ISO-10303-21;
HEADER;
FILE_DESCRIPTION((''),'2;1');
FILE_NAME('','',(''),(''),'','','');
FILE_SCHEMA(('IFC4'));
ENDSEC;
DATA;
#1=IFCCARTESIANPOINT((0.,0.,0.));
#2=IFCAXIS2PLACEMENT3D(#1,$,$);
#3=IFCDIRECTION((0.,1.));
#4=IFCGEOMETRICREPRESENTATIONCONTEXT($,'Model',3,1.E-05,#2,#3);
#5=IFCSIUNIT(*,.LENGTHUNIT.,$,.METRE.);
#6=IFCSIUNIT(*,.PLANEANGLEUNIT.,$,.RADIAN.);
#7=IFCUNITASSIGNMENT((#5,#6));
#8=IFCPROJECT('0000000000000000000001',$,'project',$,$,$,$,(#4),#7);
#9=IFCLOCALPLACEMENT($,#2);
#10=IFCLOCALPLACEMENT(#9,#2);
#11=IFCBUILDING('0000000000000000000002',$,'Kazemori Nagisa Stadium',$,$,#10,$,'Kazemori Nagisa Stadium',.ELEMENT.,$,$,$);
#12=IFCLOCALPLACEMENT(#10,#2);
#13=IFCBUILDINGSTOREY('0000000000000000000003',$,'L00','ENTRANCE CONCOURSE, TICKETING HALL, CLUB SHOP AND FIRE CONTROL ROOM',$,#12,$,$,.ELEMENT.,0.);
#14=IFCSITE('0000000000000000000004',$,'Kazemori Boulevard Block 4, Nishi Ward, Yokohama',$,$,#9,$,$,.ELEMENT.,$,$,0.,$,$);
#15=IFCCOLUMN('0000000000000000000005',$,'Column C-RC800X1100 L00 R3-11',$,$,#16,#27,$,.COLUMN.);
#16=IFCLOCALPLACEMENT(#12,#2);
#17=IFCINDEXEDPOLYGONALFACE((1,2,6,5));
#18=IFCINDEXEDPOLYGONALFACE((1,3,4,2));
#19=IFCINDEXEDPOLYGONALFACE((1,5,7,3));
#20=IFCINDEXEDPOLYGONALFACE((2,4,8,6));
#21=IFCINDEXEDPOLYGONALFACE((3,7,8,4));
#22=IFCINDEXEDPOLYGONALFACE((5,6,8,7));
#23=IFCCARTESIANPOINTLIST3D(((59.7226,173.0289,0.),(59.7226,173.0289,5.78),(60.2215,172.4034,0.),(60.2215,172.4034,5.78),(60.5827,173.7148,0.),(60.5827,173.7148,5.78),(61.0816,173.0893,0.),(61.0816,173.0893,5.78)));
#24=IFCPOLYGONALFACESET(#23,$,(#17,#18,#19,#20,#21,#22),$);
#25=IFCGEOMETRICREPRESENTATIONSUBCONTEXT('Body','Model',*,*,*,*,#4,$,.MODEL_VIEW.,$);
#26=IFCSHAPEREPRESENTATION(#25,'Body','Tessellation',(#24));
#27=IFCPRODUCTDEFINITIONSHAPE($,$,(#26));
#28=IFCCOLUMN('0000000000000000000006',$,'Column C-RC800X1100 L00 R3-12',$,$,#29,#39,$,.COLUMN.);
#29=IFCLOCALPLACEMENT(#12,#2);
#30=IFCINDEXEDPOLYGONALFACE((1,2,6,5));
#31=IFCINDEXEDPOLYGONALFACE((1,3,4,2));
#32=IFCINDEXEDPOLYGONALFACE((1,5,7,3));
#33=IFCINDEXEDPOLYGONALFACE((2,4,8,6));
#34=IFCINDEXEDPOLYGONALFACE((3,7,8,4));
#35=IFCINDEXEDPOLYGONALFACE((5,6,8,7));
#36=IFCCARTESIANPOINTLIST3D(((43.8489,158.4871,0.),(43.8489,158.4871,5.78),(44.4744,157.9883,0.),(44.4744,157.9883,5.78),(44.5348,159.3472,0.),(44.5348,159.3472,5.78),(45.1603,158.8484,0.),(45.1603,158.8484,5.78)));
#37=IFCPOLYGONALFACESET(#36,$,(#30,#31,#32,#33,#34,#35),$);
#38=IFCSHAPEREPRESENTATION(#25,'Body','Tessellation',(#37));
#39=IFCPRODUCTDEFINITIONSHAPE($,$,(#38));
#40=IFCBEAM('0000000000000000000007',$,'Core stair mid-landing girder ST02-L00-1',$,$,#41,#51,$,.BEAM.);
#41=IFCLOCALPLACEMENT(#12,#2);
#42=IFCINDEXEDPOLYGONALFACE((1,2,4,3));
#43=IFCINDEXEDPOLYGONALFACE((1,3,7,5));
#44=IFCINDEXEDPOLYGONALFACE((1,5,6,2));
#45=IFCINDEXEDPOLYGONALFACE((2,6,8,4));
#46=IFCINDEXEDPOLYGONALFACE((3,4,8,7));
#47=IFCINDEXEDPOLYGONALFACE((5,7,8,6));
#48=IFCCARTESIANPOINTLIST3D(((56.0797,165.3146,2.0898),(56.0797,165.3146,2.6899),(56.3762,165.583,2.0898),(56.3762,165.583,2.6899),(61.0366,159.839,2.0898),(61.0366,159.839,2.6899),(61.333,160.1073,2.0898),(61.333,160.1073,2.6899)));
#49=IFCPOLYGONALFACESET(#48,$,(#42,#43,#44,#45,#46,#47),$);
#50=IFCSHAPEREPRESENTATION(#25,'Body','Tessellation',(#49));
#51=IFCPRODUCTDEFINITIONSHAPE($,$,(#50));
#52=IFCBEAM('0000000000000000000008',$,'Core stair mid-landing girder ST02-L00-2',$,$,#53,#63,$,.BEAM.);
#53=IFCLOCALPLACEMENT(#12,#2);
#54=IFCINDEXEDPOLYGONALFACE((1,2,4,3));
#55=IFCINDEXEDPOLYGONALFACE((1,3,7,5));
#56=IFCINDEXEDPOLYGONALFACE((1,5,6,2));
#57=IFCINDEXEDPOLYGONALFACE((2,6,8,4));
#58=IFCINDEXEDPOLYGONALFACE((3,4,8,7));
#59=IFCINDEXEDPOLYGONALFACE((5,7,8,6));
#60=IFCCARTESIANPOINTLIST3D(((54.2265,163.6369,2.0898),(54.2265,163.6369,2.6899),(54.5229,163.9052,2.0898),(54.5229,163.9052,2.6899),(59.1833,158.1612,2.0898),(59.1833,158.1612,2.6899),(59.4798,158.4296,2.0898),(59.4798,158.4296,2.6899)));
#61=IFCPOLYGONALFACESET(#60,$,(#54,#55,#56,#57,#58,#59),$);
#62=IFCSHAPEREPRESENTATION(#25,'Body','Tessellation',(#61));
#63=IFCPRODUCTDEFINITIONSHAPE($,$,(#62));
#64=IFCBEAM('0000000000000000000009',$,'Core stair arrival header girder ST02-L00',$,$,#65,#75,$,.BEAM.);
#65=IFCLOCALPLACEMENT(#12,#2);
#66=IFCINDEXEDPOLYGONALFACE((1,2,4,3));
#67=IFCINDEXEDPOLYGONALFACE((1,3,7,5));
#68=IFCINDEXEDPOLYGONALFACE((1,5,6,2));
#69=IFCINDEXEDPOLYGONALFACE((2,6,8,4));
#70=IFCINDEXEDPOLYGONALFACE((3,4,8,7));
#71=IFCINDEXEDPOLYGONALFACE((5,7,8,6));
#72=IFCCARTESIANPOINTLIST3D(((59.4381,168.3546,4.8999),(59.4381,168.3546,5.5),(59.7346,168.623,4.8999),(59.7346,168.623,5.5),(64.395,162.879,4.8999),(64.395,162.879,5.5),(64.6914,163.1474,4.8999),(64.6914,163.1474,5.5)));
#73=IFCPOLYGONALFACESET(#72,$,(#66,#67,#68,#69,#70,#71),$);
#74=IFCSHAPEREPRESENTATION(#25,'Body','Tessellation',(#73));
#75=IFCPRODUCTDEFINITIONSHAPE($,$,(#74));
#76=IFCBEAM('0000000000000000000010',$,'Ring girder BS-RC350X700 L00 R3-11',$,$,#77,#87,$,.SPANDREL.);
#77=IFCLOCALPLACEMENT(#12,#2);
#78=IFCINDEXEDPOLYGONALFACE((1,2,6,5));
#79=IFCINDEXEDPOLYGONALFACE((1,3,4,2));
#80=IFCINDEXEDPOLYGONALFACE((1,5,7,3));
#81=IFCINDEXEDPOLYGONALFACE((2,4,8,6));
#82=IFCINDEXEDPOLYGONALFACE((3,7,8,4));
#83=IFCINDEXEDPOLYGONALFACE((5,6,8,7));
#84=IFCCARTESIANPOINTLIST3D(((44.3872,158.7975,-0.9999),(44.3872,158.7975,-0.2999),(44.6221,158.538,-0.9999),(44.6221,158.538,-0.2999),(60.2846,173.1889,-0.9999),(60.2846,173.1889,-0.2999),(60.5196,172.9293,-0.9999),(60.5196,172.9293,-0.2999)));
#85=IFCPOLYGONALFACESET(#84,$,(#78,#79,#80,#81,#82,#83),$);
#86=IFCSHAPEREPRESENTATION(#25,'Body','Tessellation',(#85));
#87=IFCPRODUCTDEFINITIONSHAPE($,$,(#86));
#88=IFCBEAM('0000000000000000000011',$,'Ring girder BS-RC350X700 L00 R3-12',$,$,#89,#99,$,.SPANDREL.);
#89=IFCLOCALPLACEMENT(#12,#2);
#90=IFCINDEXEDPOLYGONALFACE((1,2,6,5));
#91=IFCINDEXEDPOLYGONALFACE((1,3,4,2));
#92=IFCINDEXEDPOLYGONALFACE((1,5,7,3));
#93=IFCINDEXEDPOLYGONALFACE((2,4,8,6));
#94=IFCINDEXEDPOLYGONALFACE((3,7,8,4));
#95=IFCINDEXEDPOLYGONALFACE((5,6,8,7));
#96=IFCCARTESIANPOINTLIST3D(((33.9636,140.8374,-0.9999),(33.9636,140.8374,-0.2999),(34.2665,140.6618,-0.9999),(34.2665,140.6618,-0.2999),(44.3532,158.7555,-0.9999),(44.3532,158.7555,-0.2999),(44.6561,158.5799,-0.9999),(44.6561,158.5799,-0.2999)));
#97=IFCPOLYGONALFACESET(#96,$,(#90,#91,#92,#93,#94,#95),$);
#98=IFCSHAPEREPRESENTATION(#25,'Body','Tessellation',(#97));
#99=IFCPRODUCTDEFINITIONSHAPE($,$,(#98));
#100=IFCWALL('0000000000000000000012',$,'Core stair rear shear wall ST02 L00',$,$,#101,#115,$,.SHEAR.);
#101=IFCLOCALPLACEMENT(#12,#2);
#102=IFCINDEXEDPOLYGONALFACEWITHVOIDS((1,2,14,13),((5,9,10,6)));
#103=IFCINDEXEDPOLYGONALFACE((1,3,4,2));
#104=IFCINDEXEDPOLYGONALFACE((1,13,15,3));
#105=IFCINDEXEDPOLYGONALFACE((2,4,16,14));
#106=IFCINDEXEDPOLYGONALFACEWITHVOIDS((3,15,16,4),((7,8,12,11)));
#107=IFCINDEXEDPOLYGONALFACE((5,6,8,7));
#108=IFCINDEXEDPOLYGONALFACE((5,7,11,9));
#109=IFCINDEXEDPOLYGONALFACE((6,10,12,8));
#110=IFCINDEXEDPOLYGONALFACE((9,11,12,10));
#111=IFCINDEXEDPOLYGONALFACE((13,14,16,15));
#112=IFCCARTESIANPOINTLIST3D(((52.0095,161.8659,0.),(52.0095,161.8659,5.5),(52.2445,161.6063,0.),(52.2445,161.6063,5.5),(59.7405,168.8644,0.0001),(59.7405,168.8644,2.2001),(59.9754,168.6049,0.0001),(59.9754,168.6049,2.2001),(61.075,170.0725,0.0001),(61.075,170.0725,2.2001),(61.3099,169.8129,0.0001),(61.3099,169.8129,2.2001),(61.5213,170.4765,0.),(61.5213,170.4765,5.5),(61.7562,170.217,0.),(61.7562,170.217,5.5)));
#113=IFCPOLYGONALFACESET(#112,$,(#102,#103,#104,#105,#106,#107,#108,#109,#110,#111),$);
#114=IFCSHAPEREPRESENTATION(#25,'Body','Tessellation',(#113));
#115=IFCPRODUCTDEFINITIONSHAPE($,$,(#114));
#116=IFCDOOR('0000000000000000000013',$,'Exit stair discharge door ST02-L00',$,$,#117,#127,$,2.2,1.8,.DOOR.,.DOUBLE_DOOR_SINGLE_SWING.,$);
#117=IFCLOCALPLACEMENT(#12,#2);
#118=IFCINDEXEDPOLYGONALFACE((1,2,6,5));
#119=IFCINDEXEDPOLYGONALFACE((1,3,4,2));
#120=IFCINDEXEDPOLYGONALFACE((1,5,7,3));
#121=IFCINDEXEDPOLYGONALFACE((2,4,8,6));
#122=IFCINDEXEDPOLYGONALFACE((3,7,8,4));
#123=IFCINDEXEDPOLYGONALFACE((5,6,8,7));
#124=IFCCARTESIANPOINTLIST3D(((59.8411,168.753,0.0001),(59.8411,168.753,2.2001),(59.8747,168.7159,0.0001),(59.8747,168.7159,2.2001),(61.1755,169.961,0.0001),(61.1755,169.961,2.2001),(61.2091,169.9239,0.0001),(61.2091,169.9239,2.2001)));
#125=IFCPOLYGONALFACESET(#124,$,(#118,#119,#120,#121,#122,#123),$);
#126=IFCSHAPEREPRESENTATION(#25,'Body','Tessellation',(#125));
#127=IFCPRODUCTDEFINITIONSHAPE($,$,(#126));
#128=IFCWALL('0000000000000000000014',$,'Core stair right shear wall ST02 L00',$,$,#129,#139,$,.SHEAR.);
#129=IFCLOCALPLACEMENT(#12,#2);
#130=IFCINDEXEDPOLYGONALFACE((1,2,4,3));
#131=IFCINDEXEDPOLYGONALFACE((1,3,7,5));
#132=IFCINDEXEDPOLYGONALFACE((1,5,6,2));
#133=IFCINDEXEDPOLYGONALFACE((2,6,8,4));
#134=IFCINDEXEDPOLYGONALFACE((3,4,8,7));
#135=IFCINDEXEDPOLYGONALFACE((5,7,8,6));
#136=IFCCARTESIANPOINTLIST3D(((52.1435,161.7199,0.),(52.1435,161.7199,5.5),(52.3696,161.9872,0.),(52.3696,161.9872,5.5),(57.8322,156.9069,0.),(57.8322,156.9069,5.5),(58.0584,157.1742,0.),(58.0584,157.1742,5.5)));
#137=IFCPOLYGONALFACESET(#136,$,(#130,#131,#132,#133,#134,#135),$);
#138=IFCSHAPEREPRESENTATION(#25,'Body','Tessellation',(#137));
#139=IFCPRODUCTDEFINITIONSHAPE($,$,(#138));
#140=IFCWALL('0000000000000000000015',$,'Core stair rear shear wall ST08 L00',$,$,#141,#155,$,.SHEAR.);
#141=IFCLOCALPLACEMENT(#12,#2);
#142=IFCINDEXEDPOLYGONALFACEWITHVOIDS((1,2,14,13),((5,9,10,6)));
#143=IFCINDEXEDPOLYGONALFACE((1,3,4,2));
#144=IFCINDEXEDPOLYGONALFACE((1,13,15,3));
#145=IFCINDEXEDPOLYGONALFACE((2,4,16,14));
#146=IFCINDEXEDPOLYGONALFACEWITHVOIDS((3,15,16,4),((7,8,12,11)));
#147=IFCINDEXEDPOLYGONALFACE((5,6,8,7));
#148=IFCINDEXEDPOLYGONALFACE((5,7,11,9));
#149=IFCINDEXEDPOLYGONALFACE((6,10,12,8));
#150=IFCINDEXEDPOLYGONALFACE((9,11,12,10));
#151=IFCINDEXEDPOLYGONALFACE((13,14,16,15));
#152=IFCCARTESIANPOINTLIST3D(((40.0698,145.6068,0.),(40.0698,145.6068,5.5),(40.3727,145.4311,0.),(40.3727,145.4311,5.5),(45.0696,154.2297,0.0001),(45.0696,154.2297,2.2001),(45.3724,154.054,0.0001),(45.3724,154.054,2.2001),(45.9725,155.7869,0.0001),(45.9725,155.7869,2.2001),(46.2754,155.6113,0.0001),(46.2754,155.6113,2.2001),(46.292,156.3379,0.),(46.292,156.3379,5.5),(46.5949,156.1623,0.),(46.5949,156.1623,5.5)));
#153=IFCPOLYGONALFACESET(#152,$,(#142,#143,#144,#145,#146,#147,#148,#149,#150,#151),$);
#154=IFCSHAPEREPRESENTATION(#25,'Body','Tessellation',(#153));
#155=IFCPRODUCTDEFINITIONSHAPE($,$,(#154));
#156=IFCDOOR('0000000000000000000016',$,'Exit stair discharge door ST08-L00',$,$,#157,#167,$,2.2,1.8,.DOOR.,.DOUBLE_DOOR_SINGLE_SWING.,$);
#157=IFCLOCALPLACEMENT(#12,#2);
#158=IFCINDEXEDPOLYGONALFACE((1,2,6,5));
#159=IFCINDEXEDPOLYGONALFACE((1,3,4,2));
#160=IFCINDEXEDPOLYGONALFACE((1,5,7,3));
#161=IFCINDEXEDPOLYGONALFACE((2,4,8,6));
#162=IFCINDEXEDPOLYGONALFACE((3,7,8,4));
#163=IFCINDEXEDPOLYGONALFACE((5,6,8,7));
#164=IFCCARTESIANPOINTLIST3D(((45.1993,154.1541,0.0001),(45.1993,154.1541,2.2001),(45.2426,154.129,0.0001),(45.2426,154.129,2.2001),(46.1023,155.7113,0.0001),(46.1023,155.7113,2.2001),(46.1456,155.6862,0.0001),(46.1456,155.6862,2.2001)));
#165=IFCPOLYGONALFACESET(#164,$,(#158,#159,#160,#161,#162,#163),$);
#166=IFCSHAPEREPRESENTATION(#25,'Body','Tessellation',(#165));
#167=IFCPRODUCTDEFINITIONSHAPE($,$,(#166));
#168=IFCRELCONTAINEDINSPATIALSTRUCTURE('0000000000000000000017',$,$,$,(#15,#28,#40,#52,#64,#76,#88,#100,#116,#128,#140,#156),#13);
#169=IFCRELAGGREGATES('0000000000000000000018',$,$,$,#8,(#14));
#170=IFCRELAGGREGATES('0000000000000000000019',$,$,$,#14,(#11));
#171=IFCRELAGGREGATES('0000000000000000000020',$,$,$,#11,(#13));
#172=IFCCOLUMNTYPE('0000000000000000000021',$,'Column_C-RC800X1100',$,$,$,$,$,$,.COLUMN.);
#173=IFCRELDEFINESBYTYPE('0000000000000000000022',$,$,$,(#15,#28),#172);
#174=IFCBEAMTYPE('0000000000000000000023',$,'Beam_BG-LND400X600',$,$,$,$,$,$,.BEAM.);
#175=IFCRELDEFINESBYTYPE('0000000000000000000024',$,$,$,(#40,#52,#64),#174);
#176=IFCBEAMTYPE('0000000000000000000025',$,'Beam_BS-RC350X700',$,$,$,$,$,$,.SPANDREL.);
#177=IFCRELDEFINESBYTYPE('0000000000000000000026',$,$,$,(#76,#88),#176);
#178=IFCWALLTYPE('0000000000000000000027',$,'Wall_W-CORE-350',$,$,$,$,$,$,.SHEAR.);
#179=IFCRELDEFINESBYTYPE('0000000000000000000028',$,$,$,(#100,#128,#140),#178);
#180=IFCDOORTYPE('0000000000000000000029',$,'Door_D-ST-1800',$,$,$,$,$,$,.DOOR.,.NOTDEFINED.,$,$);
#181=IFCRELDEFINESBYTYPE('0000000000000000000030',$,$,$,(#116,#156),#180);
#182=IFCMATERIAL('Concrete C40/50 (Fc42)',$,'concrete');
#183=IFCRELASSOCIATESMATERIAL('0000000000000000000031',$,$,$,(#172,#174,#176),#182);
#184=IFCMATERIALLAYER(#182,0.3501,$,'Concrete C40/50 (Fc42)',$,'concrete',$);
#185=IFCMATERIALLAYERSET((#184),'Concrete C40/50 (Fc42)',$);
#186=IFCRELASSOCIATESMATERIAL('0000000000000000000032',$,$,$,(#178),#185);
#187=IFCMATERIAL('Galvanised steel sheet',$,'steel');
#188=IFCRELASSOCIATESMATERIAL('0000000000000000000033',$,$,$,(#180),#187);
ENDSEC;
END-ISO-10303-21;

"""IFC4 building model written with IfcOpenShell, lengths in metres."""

from ifc_helpers import new_model, si_unit, direction, frame, frame_2d, origin, origin_2d, place, context, subcontext, project, spatial, rectangle, extrude, material, layer, layer_set, material_profile, profile_set, type_object, element, fill, save


model = new_model("IFC4")

# Units and contexts
model_context = context("Model", 3, precision=1e-05, world=origin(), true_north=direction((0.0, 1.0)))
body_context = subcontext(model_context, "Body", "Model", "MODEL_VIEW")
ifc_project = project(units=[si_unit("LENGTHUNIT", "METRE"), si_unit("PLANEANGLEUNIT", "RADIAN")], contexts=[model_context])

# Site, building, storey
site_placement = place(None, origin())
site = spatial("IfcSite", under=ifc_project, at=site_placement, Name="Kazemori Boulevard Block 4, Nishi Ward, Yokohama", CompositionType="ELEMENT", RefElevation=0.0)
building_placement = place(site_placement, origin())
building = spatial("IfcBuilding", under=site, at=building_placement, Name="Kazemori Nagisa Stadium", LongName="Kazemori Nagisa Stadium", CompositionType="ELEMENT")
storey_placement = place(building_placement, origin())
storey = spatial("IfcBuildingStorey", under=building, at=storey_placement, Name="L00", Description="ENTRANCE CONCOURSE, TICKETING HALL, CLUB SHOP AND FIRE CONTROL ROOM", CompositionType="ELEMENT", Elevation=0.0)

# Columns
ifc_material_1 = material(Name="Concrete C40/50 (Fc42)", Category="concrete")
ifc_material_profile_1 = material_profile(ifc_material_1, rectangle(XDim=0.8, YDim=1.1001, at=origin_2d()), Name="RC-COL-800x1100")
ifc_profile_set_1 = profile_set([ifc_material_profile_1], Name="Concrete C40/50 (Fc42)")
column_type = type_object("IfcColumnType", Name="Column_C-RC800X1100", PredefinedType="COLUMN", material=ifc_profile_set_1)
for number, where, z_axis, x_axis, name in (
    (1, (60.4021, 173.0591, 0.0), (0.0, 0.0, 1.0), (-0.62349, 0.781831, 0.0), "Column C-RC800X1100 L00 R3-11"),
    (2, (44.5046, 158.6677, 0.0), (0.0, 0.0, 1.0), (-0.781831, 0.62349, 0.0), "Column C-RC800X1100 L00 R3-12"),
):
    element("IfcColumn", number, at=place(storey_placement, frame(where, z_axis=z_axis, x_axis=x_axis)), inside=storey, type_object=column_type, Name=name, PredefinedType="COLUMN", context=body_context, shape_type="SweptSolid", body=[
        extrude(rectangle(XDim=0.8, YDim=1.1001, at=origin_2d()), origin(), (0.0, 0.0, 1.0), 5.78),
    ])

# Beams
ifc_material_profile_2 = material_profile(ifc_material_1, rectangle(XDim=0.3999, YDim=0.6001, at=origin_2d()), Name="RC-BM-400x600")
ifc_profile_set_2 = profile_set([ifc_material_profile_2], Name="Concrete C40/50 (Fc42)")
beam_type_1 = type_object("IfcBeamType", Name="Beam_BG-LND400X600", PredefinedType="BEAM", material=ifc_profile_set_2)
for number, where, z_axis, x_axis, name in (
    (3, (61.1848, 159.9731, 2.3899), (-0.671113, 0.741355, 0.0), (-0.741355, -0.671113, 0.0), "Core stair mid-landing girder ST02-L00-1"),
    (4, (59.3315, 158.2954, 2.3899), (-0.671113, 0.741355, 0.0), (-0.741355, -0.671113, 0.0), "Core stair mid-landing girder ST02-L00-2"),
    (5, (64.5432, 163.0132, 5.2), (-0.671113, 0.741355, 0.0), (-0.741355, -0.671113, 0.0), "Core stair arrival header girder ST02-L00"),
):
    element("IfcBeam", number, at=place(storey_placement, frame(where, z_axis=z_axis, x_axis=x_axis)), inside=storey, type_object=beam_type_1, Name=name, PredefinedType="BEAM", context=body_context, shape_type="SweptSolid", body=[
        extrude(rectangle(XDim=0.3999, YDim=0.6001, at=origin_2d()), origin(), (0.0, 0.0, 1.0), 7.386),
    ])
ifc_material_profile_3 = material_profile(ifc_material_1, rectangle(XDim=0.3501, YDim=0.7, at=origin_2d()), Name="RC-SP-350x700")
ifc_profile_set_3 = profile_set([ifc_material_profile_3], Name="Concrete C40/50 (Fc42)")
beam_type_2 = type_object("IfcBeamType", Name="Beam_BS-RC350X700", PredefinedType="SPANDREL", material=ifc_profile_set_3)
beam_1_placement = place(storey_placement, frame((60.4021, 173.0591, -0.6499), z_axis=(-0.741352, -0.671117, 0.0), x_axis=(0.671117, -0.741352, 0.0)))
element("IfcBeam", 6, at=beam_1_placement, inside=storey, type_object=beam_type_2, Name="Ring girder BS-RC350X700 L00 R3-11", PredefinedType="SPANDREL", context=body_context, shape_type="SweptSolid", body=[
    extrude(rectangle(XDim=0.3501, YDim=0.7, at=origin_2d()), origin(), (0.0, 0.0, 1.0), 21.4438),
])
beam_2_placement = place(storey_placement, frame((44.5046, 158.6677, -0.6499), z_axis=(-0.501613, -0.865092, 0.0), x_axis=(0.865092, -0.501613, 0.0)))
element("IfcBeam", 7, at=beam_2_placement, inside=storey, type_object=beam_type_2, Name="Ring girder BS-RC350X700 L00 R3-12", PredefinedType="SPANDREL", context=body_context, shape_type="SweptSolid", body=[
    extrude(rectangle(XDim=0.3501, YDim=0.7, at=origin_2d()), origin(), (0.0, 0.0, 1.0), 20.7124),
])

# Wall, opening, door
ifc_layer_1 = layer(ifc_material_1, 0.3501, Name="Concrete C40/50 (Fc42)", Category="concrete")
ifc_layer_set_1 = layer_set([ifc_layer_1], Name="Concrete C40/50 (Fc42)")
wall_type_1 = type_object("IfcWallType", Name="Wall_W-CORE-350", PredefinedType="SHEAR", material=ifc_layer_set_1)
wall_1_placement = place(storey_placement, frame((61.6387, 170.3467, 0.0), z_axis=(0.0, 0.0, 1.0), x_axis=(-0.741351, -0.671117, 0.0)))
wall_1 = element("IfcWall", 8, at=wall_1_placement, inside=storey, type_object=wall_type_1, Name="Core stair rear shear wall ST02 L00", PredefinedType="SHEAR", context=body_context, shape_type="SweptSolid", body=[
    extrude(rectangle(XDim=12.8303, YDim=0.3501, at=frame_2d((6.415, 0.0))), origin(), (0.0, 0.0, 1.0), 5.5),
])
opening_1_placement = place(wall_1_placement, frame((0.6021, 0.0, 0.0)))
opening_1 = element("IfcOpeningElement", 9, at=opening_1_placement, cuts=wall_1, PredefinedType="OPENING", context=body_context, shape_type="SweptSolid", body=[
    extrude(rectangle(XDim=1.8, YDim=2.2, at=frame_2d((0.8999, 1.1001))), frame((0.0, 0.1851, 0.0), z_axis=(0.0, -1.0, 0.0), x_axis=(1.0, 0.0, 0.0)), (0.0, 0.0, 1.0), 0.3701),
])
ifc_material_2 = material(Name="Galvanised steel sheet", Category="steel")
door_type_1 = type_object("IfcDoorType", Name="Door_D-ST-1800", OperationType="NOTDEFINED", PredefinedType="DOOR", material=ifc_material_2)
door_1_placement = place(opening_1_placement, frame((1.8, 0.0, 0.0), z_axis=(0.0, 0.0, 1.0), x_axis=(-1.0, 0.0, 0.0)))
door_1 = element("IfcDoor", 10, at=door_1_placement, inside=storey, type_object=door_type_1, Name="Exit stair discharge door ST02-L00", OperationType="DOUBLE_DOOR_SINGLE_SWING", OverallHeight=2.2, OverallWidth=1.8, PredefinedType="DOOR", context=body_context, shape_type="SweptSolid", body=[
    extrude(rectangle(XDim=1.8, YDim=2.2, at=frame_2d((0.8999, 1.1001))), frame((0.0, 0.0249, 0.0), z_axis=(0.0, -1.0, 0.0), x_axis=(1.0, 0.0, 0.0)), (0.0, 0.0, 1.0), 0.05),
])
fill(opening_1, door_1)

# Wall
wall_2_placement = place(storey_placement, frame((57.9453, 157.0405, 0.0), z_axis=(0.0, 0.0, 1.0), x_axis=(-0.763422, 0.6459, 0.0)))
element("IfcWall", 11, at=wall_2_placement, inside=storey, type_object=wall_type_1, Name="Core stair right shear wall ST02 L00", PredefinedType="SHEAR", context=body_context, shape_type="SweptSolid", body=[
    extrude(rectangle(XDim=7.4517, YDim=0.3501, at=frame_2d((3.7258, 0.0))), origin(), (0.0, 0.0, 1.0), 5.5),
])

# Wall, opening, door
wall_3_placement = place(storey_placement, frame((46.4434, 156.25, 0.0), z_axis=(0.0, 0.0, 1.0), x_axis=(-0.501602, -0.865099, 0.0)))
wall_3 = element("IfcWall", 12, at=wall_3_placement, inside=storey, type_object=wall_type_1, Name="Core stair rear shear wall ST08 L00", PredefinedType="SHEAR", context=body_context, shape_type="SweptSolid", body=[
    extrude(rectangle(XDim=12.4045, YDim=0.3501, at=frame_2d((6.2021, 0.0))), origin(), (0.0, 0.0, 1.0), 5.5),
])
opening_2_placement = place(wall_3_placement, frame((0.637, 0.0, 0.0)))
opening_2 = element("IfcOpeningElement", 13, at=opening_2_placement, cuts=wall_3, PredefinedType="OPENING", context=body_context, shape_type="SweptSolid", body=[
    extrude(rectangle(XDim=1.8, YDim=2.2, at=frame_2d((0.8999, 1.1001))), frame((0.0, 0.1851, 0.0), z_axis=(0.0, -1.0, 0.0), x_axis=(1.0, 0.0, 0.0)), (0.0, 0.0, 1.0), 0.3701),
])
door_2_placement = place(opening_2_placement, frame((1.8, 0.0, 0.0), z_axis=(0.0, 0.0, 1.0), x_axis=(-1.0, 0.0, 0.0)))
door_2 = element("IfcDoor", 14, at=door_2_placement, inside=storey, type_object=door_type_1, Name="Exit stair discharge door ST08-L00", OperationType="DOUBLE_DOOR_SINGLE_SWING", OverallHeight=2.2, OverallWidth=1.8, PredefinedType="DOOR", context=body_context, shape_type="SweptSolid", body=[
    extrude(rectangle(XDim=1.8, YDim=2.2, at=frame_2d((0.8999, 1.1001))), frame((0.0, 0.0249, 0.0), z_axis=(0.0, -1.0, 0.0), x_axis=(1.0, 0.0, 0.0)), (0.0, 0.0, 1.0), 0.05),
])
fill(opening_2, door_2)

save(model, "model.ifc")
